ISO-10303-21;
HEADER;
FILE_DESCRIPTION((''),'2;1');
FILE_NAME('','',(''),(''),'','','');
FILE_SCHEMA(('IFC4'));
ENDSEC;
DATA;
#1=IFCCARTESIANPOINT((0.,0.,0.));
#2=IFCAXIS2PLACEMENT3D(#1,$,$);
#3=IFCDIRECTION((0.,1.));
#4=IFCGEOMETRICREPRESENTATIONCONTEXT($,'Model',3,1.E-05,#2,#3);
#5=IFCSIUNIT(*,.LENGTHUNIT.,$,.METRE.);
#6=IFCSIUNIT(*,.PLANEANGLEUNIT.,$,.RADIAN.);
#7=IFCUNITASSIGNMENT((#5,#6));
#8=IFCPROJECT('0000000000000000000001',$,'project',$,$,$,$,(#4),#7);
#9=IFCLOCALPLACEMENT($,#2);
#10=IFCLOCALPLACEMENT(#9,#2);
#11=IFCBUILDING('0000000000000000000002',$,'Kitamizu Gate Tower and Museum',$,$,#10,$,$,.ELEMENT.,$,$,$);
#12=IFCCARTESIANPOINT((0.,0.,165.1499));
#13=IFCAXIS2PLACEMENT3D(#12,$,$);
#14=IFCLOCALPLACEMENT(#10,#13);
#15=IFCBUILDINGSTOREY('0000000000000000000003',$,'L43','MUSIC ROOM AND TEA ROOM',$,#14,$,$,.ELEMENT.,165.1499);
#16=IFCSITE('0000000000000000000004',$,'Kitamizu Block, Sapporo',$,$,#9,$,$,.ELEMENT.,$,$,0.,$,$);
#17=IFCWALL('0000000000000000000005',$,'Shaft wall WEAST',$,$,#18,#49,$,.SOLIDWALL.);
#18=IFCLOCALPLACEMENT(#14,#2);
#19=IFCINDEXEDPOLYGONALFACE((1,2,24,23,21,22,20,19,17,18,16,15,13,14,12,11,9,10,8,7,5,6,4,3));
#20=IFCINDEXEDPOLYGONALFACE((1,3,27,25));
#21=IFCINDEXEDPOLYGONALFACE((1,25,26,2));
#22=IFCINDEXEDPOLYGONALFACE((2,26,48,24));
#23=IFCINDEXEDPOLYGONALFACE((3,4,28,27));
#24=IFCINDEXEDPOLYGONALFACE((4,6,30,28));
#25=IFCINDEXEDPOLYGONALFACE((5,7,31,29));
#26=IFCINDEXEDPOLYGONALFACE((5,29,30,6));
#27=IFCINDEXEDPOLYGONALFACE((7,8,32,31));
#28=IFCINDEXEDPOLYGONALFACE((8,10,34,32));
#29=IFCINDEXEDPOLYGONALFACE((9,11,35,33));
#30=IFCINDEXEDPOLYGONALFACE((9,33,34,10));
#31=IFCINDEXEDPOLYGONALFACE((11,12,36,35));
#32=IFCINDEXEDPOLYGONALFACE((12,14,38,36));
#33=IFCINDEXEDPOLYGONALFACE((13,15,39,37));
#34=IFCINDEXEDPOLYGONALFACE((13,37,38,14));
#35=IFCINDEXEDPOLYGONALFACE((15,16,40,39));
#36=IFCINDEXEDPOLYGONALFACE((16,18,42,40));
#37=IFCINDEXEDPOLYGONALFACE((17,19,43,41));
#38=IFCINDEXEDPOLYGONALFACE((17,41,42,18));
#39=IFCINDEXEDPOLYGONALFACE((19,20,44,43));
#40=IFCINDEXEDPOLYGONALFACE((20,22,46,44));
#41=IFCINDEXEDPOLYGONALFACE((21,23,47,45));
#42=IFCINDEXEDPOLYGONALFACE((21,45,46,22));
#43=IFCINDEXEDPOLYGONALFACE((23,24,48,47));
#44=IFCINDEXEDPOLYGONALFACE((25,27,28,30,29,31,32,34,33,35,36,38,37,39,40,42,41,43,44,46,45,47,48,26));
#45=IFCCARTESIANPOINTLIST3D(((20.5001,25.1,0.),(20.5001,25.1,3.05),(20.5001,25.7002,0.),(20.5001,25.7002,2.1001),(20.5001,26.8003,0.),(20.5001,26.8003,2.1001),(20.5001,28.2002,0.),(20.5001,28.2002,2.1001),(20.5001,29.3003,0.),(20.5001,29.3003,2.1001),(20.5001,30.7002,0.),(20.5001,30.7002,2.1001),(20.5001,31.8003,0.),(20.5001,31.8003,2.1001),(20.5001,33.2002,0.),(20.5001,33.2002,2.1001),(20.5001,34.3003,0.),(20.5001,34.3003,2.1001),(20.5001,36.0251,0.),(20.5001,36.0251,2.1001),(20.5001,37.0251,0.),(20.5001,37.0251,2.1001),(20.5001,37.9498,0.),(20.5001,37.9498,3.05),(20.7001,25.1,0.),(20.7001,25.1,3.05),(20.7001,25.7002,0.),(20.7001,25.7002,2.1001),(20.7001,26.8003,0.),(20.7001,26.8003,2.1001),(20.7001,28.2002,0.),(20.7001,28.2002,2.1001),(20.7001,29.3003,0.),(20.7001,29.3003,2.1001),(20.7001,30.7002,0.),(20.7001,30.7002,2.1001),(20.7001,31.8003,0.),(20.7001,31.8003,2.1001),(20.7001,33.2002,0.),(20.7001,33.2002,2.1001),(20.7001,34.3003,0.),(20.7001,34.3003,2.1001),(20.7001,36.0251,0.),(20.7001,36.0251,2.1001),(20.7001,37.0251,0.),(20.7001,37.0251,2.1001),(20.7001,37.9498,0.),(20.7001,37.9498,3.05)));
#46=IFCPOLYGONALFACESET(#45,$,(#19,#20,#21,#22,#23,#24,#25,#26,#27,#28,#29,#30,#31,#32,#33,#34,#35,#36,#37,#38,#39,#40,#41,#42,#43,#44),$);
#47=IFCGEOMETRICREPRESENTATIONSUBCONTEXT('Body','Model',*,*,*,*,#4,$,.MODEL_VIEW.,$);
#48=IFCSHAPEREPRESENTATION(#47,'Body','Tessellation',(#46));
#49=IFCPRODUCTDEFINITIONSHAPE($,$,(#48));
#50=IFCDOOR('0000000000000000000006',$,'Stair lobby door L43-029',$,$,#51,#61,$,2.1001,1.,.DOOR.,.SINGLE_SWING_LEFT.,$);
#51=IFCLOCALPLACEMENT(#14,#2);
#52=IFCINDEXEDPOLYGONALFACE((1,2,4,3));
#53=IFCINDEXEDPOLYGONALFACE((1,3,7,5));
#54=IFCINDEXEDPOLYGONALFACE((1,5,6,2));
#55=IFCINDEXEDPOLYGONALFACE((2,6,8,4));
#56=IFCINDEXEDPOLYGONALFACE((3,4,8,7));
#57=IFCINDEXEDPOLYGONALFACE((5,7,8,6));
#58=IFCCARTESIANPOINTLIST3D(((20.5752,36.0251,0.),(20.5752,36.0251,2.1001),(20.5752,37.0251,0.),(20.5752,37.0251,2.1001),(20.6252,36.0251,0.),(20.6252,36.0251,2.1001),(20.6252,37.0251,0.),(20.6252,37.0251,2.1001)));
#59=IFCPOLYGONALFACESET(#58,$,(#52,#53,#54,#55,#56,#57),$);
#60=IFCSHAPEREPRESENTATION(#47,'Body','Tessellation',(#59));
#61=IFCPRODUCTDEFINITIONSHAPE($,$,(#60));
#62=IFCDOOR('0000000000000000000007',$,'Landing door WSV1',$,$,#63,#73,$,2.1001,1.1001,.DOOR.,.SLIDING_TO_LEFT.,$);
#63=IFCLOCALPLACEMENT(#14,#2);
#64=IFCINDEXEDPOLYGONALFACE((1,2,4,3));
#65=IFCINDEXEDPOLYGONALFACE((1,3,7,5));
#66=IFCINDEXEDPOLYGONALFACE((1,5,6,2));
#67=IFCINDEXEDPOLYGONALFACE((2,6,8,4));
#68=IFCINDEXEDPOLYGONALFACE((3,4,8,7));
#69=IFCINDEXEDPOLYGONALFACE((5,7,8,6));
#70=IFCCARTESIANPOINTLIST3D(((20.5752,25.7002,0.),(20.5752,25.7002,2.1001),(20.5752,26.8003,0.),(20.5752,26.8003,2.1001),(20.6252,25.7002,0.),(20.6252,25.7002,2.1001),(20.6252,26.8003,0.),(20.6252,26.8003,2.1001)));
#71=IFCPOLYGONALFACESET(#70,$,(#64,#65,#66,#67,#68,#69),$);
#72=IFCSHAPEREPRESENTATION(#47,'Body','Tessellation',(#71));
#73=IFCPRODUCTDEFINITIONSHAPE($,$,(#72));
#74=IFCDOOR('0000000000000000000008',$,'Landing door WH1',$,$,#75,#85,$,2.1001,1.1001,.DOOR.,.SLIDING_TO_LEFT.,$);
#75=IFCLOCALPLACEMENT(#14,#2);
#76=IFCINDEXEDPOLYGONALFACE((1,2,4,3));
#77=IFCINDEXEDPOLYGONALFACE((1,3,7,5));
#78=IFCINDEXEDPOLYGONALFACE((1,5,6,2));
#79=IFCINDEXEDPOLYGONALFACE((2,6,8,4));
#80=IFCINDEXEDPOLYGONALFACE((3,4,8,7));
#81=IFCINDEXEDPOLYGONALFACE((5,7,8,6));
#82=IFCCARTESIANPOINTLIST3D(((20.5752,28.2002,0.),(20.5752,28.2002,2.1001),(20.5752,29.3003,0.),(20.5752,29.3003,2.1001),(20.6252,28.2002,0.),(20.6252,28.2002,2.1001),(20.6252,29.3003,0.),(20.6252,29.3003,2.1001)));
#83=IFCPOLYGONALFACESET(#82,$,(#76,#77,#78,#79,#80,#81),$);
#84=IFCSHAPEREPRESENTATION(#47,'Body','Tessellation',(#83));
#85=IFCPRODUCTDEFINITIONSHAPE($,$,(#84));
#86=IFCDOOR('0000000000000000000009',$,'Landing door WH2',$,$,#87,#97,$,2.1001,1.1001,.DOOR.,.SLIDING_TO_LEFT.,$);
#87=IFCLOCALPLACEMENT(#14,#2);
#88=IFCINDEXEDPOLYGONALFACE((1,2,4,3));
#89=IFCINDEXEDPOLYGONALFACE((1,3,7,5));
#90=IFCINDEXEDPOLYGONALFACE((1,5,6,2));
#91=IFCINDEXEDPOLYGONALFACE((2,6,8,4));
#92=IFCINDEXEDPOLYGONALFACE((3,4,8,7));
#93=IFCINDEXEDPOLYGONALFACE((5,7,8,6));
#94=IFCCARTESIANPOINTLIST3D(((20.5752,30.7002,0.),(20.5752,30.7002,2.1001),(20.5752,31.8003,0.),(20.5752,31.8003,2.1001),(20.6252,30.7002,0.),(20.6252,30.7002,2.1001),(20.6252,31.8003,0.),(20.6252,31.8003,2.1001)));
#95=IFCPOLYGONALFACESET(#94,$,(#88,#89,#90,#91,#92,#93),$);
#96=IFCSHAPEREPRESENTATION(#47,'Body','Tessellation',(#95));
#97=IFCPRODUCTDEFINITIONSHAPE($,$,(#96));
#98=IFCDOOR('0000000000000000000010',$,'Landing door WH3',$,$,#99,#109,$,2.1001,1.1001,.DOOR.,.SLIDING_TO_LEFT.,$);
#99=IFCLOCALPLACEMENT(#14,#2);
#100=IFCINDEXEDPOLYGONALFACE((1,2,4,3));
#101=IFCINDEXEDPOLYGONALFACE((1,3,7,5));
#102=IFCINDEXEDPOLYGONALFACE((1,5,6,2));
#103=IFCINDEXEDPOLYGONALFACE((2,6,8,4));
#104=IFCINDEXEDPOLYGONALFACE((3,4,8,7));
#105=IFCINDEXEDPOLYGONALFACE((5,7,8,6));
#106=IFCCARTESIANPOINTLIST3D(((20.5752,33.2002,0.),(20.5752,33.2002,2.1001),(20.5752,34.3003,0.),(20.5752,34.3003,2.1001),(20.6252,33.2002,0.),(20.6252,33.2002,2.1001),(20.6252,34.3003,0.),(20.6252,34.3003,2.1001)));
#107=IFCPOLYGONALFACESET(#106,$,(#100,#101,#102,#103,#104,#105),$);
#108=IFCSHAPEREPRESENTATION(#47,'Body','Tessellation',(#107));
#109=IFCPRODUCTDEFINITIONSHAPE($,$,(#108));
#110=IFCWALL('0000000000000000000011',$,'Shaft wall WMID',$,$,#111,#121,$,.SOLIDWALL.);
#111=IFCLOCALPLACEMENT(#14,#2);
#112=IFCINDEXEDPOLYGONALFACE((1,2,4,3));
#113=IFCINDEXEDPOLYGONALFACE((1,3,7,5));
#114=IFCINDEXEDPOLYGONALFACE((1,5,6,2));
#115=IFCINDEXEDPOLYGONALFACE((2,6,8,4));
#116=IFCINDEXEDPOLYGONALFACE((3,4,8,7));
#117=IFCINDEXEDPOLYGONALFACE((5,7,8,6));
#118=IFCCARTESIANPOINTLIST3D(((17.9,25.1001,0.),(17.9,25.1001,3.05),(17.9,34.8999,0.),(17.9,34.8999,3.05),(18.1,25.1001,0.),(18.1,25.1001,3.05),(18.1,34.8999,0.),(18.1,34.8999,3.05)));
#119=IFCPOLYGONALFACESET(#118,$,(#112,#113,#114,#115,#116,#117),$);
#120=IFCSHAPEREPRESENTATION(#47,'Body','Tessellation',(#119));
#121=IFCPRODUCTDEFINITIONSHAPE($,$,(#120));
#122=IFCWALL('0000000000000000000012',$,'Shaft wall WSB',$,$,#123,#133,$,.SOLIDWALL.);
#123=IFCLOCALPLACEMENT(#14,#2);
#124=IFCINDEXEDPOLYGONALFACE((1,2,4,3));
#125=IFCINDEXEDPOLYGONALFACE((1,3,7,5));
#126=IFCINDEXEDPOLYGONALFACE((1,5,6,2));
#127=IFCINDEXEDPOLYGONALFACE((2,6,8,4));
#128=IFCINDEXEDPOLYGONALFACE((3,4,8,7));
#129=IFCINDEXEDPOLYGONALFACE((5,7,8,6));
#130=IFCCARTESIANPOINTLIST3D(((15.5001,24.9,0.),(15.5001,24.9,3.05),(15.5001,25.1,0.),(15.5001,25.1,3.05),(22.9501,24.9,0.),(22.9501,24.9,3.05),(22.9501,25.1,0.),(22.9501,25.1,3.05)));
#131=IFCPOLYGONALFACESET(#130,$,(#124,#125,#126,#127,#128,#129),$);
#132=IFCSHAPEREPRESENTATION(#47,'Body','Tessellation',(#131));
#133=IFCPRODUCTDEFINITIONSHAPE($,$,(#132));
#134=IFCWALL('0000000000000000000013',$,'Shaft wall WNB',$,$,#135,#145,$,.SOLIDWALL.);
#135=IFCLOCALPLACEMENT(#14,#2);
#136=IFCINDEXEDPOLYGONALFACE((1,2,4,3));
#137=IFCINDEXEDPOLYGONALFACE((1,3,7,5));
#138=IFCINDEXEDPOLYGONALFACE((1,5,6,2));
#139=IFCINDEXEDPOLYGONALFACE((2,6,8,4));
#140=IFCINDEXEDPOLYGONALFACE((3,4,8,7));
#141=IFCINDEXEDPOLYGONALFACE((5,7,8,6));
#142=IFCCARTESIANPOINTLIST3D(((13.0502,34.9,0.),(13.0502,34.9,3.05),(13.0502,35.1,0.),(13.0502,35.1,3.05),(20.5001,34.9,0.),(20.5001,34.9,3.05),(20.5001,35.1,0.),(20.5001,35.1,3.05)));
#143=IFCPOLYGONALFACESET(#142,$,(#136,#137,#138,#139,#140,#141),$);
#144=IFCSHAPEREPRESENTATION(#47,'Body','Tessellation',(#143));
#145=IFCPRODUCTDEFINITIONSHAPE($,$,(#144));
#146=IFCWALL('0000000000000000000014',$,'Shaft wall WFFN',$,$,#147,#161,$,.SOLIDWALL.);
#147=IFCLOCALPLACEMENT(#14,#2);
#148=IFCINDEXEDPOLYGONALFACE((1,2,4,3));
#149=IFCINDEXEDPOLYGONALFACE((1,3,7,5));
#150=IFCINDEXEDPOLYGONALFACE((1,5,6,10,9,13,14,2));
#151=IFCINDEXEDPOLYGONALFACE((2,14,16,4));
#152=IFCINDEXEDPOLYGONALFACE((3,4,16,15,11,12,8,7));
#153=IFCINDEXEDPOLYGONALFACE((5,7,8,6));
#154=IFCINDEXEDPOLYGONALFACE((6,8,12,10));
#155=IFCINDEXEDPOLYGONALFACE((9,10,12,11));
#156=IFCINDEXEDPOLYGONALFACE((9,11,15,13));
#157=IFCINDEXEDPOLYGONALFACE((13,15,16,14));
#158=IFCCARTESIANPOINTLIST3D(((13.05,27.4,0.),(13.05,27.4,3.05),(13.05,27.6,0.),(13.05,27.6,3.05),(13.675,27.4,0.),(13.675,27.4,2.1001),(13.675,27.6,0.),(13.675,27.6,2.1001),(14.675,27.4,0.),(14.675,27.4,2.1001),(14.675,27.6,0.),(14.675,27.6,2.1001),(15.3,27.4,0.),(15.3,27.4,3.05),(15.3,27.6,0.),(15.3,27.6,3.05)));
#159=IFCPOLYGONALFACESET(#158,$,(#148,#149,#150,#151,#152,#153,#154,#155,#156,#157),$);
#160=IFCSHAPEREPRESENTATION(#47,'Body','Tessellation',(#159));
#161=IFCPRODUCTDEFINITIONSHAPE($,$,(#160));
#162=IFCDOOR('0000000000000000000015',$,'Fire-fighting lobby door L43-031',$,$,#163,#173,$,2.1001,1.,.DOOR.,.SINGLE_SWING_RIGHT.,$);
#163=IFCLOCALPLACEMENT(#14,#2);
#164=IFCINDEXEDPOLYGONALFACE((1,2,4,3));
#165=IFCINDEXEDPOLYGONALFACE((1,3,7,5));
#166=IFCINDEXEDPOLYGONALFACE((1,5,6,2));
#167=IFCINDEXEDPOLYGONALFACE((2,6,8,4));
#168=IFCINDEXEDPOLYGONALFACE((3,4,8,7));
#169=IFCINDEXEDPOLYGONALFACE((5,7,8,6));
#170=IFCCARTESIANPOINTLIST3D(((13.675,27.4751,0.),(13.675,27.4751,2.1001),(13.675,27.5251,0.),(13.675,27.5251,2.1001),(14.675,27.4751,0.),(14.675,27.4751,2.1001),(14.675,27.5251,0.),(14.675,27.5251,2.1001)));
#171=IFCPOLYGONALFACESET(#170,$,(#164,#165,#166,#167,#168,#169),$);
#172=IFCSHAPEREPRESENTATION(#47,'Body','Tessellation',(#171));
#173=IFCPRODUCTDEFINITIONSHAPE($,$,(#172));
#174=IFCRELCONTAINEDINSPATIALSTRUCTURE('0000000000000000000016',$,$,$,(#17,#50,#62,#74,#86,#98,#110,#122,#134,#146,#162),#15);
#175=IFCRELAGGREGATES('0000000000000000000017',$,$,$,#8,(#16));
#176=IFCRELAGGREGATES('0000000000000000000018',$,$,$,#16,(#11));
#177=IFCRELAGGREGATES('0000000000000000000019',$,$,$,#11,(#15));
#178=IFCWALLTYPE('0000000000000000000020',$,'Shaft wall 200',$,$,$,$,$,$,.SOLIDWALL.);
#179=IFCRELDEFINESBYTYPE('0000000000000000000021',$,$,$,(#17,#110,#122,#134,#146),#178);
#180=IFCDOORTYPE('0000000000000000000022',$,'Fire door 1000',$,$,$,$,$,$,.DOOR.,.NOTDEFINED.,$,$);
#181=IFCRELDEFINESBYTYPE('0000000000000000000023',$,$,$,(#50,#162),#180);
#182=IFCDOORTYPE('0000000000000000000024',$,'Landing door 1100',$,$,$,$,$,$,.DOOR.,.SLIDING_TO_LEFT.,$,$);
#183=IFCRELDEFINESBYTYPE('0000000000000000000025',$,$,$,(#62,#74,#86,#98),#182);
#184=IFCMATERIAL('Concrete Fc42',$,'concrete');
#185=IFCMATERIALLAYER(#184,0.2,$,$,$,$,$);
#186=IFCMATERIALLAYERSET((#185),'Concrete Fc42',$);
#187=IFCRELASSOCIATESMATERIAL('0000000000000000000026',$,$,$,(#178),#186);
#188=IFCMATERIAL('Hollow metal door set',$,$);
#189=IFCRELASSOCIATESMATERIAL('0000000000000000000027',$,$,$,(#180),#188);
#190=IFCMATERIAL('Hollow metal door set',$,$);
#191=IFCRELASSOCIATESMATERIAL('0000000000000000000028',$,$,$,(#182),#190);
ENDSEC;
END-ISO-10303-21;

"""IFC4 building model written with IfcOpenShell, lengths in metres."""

from ifc_helpers import new_model, si_unit, direction, frame, frame_2d, origin, place, context, subcontext, project, spatial, rectangle, extrude, material, layer, layer_set, type_object, element, fill, save


model = new_model("IFC4")

# Units and contexts
model_context = context("Model", 3, precision=1e-05, world=origin(), true_north=direction((0.0, 1.0)))
body_context = subcontext(model_context, "Body", "Model", "MODEL_VIEW")
ifc_project = project(units=[si_unit("LENGTHUNIT", "METRE"), si_unit("PLANEANGLEUNIT", "RADIAN")], contexts=[model_context])

# Site, building, storey
site_placement = place(None, origin())
site = spatial("IfcSite", under=ifc_project, at=site_placement, Name="Kitamizu Block, Sapporo", CompositionType="ELEMENT", RefElevation=0.0)
building_placement = place(site_placement, origin())
building = spatial("IfcBuilding", under=site, at=building_placement, Name="Kitamizu Gate Tower and Museum", CompositionType="ELEMENT")
storey_placement = place(building_placement, frame((0.0, 0.0, 165.1499)))
storey = spatial("IfcBuildingStorey", under=building, at=storey_placement, Name="L43", Description="MUSIC ROOM AND TEA ROOM", CompositionType="ELEMENT", Elevation=165.1499)

# Wall, openings, doors
ifc_material_1 = material(Name="Concrete Fc42", Category="concrete")
ifc_layer = layer(ifc_material_1, 0.2)
ifc_layer_set = layer_set([ifc_layer], Name="Concrete Fc42")
wall_type = type_object("IfcWallType", Name="Shaft wall 200", PredefinedType="SOLIDWALL", material=ifc_layer_set)
wall_1_placement = place(storey_placement, frame((20.6001, 25.1001, 0.0), z_axis=(0.0, 0.0, 1.0), x_axis=(0.0, 1.0, 0.0)))
wall_1 = element("IfcWall", 1, at=wall_1_placement, inside=storey, type_object=wall_type, Name="Shaft wall WEAST", PredefinedType="SOLIDWALL", context=body_context, shape_type="SweptSolid", body=[
    extrude(rectangle(XDim=12.8499, YDim=0.2, at=frame_2d((6.4248, 0.0))), origin(), (0.0, 0.0, 1.0), 3.05),
])
opening_1_placement = place(wall_1_placement, frame((0.6001, 0.0, 0.0)))
opening_1 = element("IfcOpeningElement", 2, at=opening_1_placement, cuts=wall_1, PredefinedType="OPENING", context=body_context, shape_type="SweptSolid", body=[
    extrude(rectangle(XDim=1.1001, YDim=2.1001, at=frame_2d((0.55, 1.05))), frame((0.0, 0.1099, 0.0), z_axis=(0.0, -1.0, 0.0), x_axis=(1.0, 0.0, 0.0)), (0.0, 0.0, 1.0), 0.22),
])
opening_2_placement = place(wall_1_placement, frame((3.1001, 0.0, 0.0)))
opening_2 = element("IfcOpeningElement", 3, at=opening_2_placement, cuts=wall_1, PredefinedType="OPENING", context=body_context, shape_type="SweptSolid", body=[
    extrude(rectangle(XDim=1.1001, YDim=2.1001, at=frame_2d((0.55, 1.05))), frame((0.0, 0.1099, 0.0), z_axis=(0.0, -1.0, 0.0), x_axis=(1.0, 0.0, 0.0)), (0.0, 0.0, 1.0), 0.22),
])
opening_3_placement = place(wall_1_placement, frame((5.6001, 0.0, 0.0)))
opening_3 = element("IfcOpeningElement", 4, at=opening_3_placement, cuts=wall_1, PredefinedType="OPENING", context=body_context, shape_type="SweptSolid", body=[
    extrude(rectangle(XDim=1.1001, YDim=2.1001, at=frame_2d((0.55, 1.05))), frame((0.0, 0.1099, 0.0), z_axis=(0.0, -1.0, 0.0), x_axis=(1.0, 0.0, 0.0)), (0.0, 0.0, 1.0), 0.22),
])
opening_4_placement = place(wall_1_placement, frame((8.1001, 0.0, 0.0)))
opening_4 = element("IfcOpeningElement", 5, at=opening_4_placement, cuts=wall_1, PredefinedType="OPENING", context=body_context, shape_type="SweptSolid", body=[
    extrude(rectangle(XDim=1.1001, YDim=2.1001, at=frame_2d((0.55, 1.05))), frame((0.0, 0.1099, 0.0), z_axis=(0.0, -1.0, 0.0), x_axis=(1.0, 0.0, 0.0)), (0.0, 0.0, 1.0), 0.22),
])
opening_5_placement = place(wall_1_placement, frame((10.925, 0.0, 0.0)))
opening_5 = element("IfcOpeningElement", 6, at=opening_5_placement, cuts=wall_1, PredefinedType="OPENING", context=body_context, shape_type="SweptSolid", body=[
    extrude(rectangle(XDim=1.0, YDim=2.1001, at=frame_2d((0.5, 1.05))), frame((0.0, 0.1099, 0.0), z_axis=(0.0, -1.0, 0.0), x_axis=(1.0, 0.0, 0.0)), (0.0, 0.0, 1.0), 0.22),
])
ifc_material_2 = material(Name="Hollow metal door set")
door_type_1 = type_object("IfcDoorType", Name="Fire door 1000", OperationType="NOTDEFINED", PredefinedType="DOOR", material=ifc_material_2)
door_1_placement = place(opening_5_placement, origin())
door_1 = element("IfcDoor", 7, at=door_1_placement, inside=storey, type_object=door_type_1, Name="Stair lobby door L43-029", OperationType="SINGLE_SWING_LEFT", OverallHeight=2.1001, OverallWidth=1.0, PredefinedType="DOOR", context=body_context, shape_type="SweptSolid", body=[
    extrude(rectangle(XDim=1.0, YDim=2.1001, at=frame_2d((0.5, 1.05))), frame((0.0, 0.0249, 0.0), z_axis=(0.0, -1.0, 0.0), x_axis=(1.0, 0.0, 0.0)), (0.0, 0.0, 1.0), 0.05),
])
fill(opening_5, door_1)
ifc_material_3 = material(Name="Hollow metal door set")
door_type_2 = type_object("IfcDoorType", Name="Landing door 1100", OperationType="SLIDING_TO_LEFT", PredefinedType="DOOR", material=ifc_material_3)
door_2_placement = place(opening_1_placement, origin())
door_2 = element("IfcDoor", 8, at=door_2_placement, inside=storey, type_object=door_type_2, Name="Landing door WSV1", OperationType="SLIDING_TO_LEFT", OverallHeight=2.1001, OverallWidth=1.1001, PredefinedType="DOOR", context=body_context, shape_type="SweptSolid", body=[
    extrude(rectangle(XDim=1.1001, YDim=2.1001, at=frame_2d((0.55, 1.05))), frame((0.0, 0.0249, 0.0), z_axis=(0.0, -1.0, 0.0), x_axis=(1.0, 0.0, 0.0)), (0.0, 0.0, 1.0), 0.05),
])
fill(opening_1, door_2)
door_3_placement = place(opening_2_placement, origin())
door_3 = element("IfcDoor", 9, at=door_3_placement, inside=storey, type_object=door_type_2, Name="Landing door WH1", OperationType="SLIDING_TO_LEFT", OverallHeight=2.1001, OverallWidth=1.1001, PredefinedType="DOOR", context=body_context, shape_type="SweptSolid", body=[
    extrude(rectangle(XDim=1.1001, YDim=2.1001, at=frame_2d((0.55, 1.05))), frame((0.0, 0.0249, 0.0), z_axis=(0.0, -1.0, 0.0), x_axis=(1.0, 0.0, 0.0)), (0.0, 0.0, 1.0), 0.05),
])
fill(opening_2, door_3)
door_4_placement = place(opening_3_placement, origin())
door_4 = element("IfcDoor", 10, at=door_4_placement, inside=storey, type_object=door_type_2, Name="Landing door WH2", OperationType="SLIDING_TO_LEFT", OverallHeight=2.1001, OverallWidth=1.1001, PredefinedType="DOOR", context=body_context, shape_type="SweptSolid", body=[
    extrude(rectangle(XDim=1.1001, YDim=2.1001, at=frame_2d((0.55, 1.05))), frame((0.0, 0.0249, 0.0), z_axis=(0.0, -1.0, 0.0), x_axis=(1.0, 0.0, 0.0)), (0.0, 0.0, 1.0), 0.05),
])
fill(opening_3, door_4)
door_5_placement = place(opening_4_placement, origin())
door_5 = element("IfcDoor", 11, at=door_5_placement, inside=storey, type_object=door_type_2, Name="Landing door WH3", OperationType="SLIDING_TO_LEFT", OverallHeight=2.1001, OverallWidth=1.1001, PredefinedType="DOOR", context=body_context, shape_type="SweptSolid", body=[
    extrude(rectangle(XDim=1.1001, YDim=2.1001, at=frame_2d((0.55, 1.05))), frame((0.0, 0.0249, 0.0), z_axis=(0.0, -1.0, 0.0), x_axis=(1.0, 0.0, 0.0)), (0.0, 0.0, 1.0), 0.05),
])
fill(opening_4, door_5)

# Walls
wall_2_placement = place(storey_placement, frame((18.0, 25.1001, 0.0), z_axis=(0.0, 0.0, 1.0), x_axis=(0.0, 1.0, 0.0)))
element("IfcWall", 12, at=wall_2_placement, inside=storey, type_object=wall_type, Name="Shaft wall WMID", PredefinedType="SOLIDWALL", context=body_context, shape_type="SweptSolid", body=[
    extrude(rectangle(XDim=9.7998, YDim=0.2, at=frame_2d((4.8999, 0.0))), origin(), (0.0, 0.0, 1.0), 3.05),
])
for number, where, z_axis, x_axis, name in (
    (13, (15.5, 25.0, 0.0), (0.0, 0.0, 1.0), (1.0, 0.0, 0.0), "Shaft wall WSB"),
    (14, (13.05, 35.0, 0.0), (0.0, 0.0, 1.0), (1.0, 0.0, 0.0), "Shaft wall WNB"),
):
    element("IfcWall", number, at=place(storey_placement, frame(where, z_axis=z_axis, x_axis=x_axis)), inside=storey, type_object=wall_type, Name=name, PredefinedType="SOLIDWALL", context=body_context, shape_type="SweptSolid", body=[
        extrude(rectangle(XDim=7.45, YDim=0.2, at=frame_2d((3.7251, 0.0))), origin(), (0.0, 0.0, 1.0), 3.05),
    ])

# Wall, opening, door
wall_3_placement = place(storey_placement, frame((13.05, 27.5, 0.0), z_axis=(0.0, 0.0, 1.0), x_axis=(1.0, 0.0, 0.0)))
wall_3 = element("IfcWall", 15, at=wall_3_placement, inside=storey, type_object=wall_type, Name="Shaft wall WFFN", PredefinedType="SOLIDWALL", context=body_context, shape_type="SweptSolid", body=[
    extrude(rectangle(XDim=2.25, YDim=0.2, at=frame_2d((1.125, 0.0))), origin(), (0.0, 0.0, 1.0), 3.05),
])
opening_6_placement = place(wall_3_placement, frame((0.625, 0.0, 0.0)))
opening_6 = element("IfcOpeningElement", 16, at=opening_6_placement, cuts=wall_3, PredefinedType="OPENING", context=body_context, shape_type="SweptSolid", body=[
    extrude(rectangle(XDim=1.0, YDim=2.1001, at=frame_2d((0.5, 1.05))), frame((0.0, 0.1099, 0.0), z_axis=(0.0, -1.0, 0.0), x_axis=(1.0, 0.0, 0.0)), (0.0, 0.0, 1.0), 0.22),
])
door_6_placement = place(opening_6_placement, frame((1.0, 0.0, 0.0), x_axis=(-1.0, 0.0, 0.0)))
door_6 = element("IfcDoor", 17, at=door_6_placement, inside=storey, type_object=door_type_1, Name="Fire-fighting lobby door L43-031", OperationType="SINGLE_SWING_RIGHT", OverallHeight=2.1001, OverallWidth=1.0, PredefinedType="DOOR", context=body_context, shape_type="SweptSolid", body=[
    extrude(rectangle(XDim=1.0, YDim=2.1001, at=frame_2d((0.5, 1.05))), frame((0.0, 0.0249, 0.0), z_axis=(0.0, -1.0, 0.0), x_axis=(1.0, 0.0, 0.0)), (0.0, 0.0, 1.0), 0.05),
])
fill(opening_6, door_6)

save(model, "model.ifc")
